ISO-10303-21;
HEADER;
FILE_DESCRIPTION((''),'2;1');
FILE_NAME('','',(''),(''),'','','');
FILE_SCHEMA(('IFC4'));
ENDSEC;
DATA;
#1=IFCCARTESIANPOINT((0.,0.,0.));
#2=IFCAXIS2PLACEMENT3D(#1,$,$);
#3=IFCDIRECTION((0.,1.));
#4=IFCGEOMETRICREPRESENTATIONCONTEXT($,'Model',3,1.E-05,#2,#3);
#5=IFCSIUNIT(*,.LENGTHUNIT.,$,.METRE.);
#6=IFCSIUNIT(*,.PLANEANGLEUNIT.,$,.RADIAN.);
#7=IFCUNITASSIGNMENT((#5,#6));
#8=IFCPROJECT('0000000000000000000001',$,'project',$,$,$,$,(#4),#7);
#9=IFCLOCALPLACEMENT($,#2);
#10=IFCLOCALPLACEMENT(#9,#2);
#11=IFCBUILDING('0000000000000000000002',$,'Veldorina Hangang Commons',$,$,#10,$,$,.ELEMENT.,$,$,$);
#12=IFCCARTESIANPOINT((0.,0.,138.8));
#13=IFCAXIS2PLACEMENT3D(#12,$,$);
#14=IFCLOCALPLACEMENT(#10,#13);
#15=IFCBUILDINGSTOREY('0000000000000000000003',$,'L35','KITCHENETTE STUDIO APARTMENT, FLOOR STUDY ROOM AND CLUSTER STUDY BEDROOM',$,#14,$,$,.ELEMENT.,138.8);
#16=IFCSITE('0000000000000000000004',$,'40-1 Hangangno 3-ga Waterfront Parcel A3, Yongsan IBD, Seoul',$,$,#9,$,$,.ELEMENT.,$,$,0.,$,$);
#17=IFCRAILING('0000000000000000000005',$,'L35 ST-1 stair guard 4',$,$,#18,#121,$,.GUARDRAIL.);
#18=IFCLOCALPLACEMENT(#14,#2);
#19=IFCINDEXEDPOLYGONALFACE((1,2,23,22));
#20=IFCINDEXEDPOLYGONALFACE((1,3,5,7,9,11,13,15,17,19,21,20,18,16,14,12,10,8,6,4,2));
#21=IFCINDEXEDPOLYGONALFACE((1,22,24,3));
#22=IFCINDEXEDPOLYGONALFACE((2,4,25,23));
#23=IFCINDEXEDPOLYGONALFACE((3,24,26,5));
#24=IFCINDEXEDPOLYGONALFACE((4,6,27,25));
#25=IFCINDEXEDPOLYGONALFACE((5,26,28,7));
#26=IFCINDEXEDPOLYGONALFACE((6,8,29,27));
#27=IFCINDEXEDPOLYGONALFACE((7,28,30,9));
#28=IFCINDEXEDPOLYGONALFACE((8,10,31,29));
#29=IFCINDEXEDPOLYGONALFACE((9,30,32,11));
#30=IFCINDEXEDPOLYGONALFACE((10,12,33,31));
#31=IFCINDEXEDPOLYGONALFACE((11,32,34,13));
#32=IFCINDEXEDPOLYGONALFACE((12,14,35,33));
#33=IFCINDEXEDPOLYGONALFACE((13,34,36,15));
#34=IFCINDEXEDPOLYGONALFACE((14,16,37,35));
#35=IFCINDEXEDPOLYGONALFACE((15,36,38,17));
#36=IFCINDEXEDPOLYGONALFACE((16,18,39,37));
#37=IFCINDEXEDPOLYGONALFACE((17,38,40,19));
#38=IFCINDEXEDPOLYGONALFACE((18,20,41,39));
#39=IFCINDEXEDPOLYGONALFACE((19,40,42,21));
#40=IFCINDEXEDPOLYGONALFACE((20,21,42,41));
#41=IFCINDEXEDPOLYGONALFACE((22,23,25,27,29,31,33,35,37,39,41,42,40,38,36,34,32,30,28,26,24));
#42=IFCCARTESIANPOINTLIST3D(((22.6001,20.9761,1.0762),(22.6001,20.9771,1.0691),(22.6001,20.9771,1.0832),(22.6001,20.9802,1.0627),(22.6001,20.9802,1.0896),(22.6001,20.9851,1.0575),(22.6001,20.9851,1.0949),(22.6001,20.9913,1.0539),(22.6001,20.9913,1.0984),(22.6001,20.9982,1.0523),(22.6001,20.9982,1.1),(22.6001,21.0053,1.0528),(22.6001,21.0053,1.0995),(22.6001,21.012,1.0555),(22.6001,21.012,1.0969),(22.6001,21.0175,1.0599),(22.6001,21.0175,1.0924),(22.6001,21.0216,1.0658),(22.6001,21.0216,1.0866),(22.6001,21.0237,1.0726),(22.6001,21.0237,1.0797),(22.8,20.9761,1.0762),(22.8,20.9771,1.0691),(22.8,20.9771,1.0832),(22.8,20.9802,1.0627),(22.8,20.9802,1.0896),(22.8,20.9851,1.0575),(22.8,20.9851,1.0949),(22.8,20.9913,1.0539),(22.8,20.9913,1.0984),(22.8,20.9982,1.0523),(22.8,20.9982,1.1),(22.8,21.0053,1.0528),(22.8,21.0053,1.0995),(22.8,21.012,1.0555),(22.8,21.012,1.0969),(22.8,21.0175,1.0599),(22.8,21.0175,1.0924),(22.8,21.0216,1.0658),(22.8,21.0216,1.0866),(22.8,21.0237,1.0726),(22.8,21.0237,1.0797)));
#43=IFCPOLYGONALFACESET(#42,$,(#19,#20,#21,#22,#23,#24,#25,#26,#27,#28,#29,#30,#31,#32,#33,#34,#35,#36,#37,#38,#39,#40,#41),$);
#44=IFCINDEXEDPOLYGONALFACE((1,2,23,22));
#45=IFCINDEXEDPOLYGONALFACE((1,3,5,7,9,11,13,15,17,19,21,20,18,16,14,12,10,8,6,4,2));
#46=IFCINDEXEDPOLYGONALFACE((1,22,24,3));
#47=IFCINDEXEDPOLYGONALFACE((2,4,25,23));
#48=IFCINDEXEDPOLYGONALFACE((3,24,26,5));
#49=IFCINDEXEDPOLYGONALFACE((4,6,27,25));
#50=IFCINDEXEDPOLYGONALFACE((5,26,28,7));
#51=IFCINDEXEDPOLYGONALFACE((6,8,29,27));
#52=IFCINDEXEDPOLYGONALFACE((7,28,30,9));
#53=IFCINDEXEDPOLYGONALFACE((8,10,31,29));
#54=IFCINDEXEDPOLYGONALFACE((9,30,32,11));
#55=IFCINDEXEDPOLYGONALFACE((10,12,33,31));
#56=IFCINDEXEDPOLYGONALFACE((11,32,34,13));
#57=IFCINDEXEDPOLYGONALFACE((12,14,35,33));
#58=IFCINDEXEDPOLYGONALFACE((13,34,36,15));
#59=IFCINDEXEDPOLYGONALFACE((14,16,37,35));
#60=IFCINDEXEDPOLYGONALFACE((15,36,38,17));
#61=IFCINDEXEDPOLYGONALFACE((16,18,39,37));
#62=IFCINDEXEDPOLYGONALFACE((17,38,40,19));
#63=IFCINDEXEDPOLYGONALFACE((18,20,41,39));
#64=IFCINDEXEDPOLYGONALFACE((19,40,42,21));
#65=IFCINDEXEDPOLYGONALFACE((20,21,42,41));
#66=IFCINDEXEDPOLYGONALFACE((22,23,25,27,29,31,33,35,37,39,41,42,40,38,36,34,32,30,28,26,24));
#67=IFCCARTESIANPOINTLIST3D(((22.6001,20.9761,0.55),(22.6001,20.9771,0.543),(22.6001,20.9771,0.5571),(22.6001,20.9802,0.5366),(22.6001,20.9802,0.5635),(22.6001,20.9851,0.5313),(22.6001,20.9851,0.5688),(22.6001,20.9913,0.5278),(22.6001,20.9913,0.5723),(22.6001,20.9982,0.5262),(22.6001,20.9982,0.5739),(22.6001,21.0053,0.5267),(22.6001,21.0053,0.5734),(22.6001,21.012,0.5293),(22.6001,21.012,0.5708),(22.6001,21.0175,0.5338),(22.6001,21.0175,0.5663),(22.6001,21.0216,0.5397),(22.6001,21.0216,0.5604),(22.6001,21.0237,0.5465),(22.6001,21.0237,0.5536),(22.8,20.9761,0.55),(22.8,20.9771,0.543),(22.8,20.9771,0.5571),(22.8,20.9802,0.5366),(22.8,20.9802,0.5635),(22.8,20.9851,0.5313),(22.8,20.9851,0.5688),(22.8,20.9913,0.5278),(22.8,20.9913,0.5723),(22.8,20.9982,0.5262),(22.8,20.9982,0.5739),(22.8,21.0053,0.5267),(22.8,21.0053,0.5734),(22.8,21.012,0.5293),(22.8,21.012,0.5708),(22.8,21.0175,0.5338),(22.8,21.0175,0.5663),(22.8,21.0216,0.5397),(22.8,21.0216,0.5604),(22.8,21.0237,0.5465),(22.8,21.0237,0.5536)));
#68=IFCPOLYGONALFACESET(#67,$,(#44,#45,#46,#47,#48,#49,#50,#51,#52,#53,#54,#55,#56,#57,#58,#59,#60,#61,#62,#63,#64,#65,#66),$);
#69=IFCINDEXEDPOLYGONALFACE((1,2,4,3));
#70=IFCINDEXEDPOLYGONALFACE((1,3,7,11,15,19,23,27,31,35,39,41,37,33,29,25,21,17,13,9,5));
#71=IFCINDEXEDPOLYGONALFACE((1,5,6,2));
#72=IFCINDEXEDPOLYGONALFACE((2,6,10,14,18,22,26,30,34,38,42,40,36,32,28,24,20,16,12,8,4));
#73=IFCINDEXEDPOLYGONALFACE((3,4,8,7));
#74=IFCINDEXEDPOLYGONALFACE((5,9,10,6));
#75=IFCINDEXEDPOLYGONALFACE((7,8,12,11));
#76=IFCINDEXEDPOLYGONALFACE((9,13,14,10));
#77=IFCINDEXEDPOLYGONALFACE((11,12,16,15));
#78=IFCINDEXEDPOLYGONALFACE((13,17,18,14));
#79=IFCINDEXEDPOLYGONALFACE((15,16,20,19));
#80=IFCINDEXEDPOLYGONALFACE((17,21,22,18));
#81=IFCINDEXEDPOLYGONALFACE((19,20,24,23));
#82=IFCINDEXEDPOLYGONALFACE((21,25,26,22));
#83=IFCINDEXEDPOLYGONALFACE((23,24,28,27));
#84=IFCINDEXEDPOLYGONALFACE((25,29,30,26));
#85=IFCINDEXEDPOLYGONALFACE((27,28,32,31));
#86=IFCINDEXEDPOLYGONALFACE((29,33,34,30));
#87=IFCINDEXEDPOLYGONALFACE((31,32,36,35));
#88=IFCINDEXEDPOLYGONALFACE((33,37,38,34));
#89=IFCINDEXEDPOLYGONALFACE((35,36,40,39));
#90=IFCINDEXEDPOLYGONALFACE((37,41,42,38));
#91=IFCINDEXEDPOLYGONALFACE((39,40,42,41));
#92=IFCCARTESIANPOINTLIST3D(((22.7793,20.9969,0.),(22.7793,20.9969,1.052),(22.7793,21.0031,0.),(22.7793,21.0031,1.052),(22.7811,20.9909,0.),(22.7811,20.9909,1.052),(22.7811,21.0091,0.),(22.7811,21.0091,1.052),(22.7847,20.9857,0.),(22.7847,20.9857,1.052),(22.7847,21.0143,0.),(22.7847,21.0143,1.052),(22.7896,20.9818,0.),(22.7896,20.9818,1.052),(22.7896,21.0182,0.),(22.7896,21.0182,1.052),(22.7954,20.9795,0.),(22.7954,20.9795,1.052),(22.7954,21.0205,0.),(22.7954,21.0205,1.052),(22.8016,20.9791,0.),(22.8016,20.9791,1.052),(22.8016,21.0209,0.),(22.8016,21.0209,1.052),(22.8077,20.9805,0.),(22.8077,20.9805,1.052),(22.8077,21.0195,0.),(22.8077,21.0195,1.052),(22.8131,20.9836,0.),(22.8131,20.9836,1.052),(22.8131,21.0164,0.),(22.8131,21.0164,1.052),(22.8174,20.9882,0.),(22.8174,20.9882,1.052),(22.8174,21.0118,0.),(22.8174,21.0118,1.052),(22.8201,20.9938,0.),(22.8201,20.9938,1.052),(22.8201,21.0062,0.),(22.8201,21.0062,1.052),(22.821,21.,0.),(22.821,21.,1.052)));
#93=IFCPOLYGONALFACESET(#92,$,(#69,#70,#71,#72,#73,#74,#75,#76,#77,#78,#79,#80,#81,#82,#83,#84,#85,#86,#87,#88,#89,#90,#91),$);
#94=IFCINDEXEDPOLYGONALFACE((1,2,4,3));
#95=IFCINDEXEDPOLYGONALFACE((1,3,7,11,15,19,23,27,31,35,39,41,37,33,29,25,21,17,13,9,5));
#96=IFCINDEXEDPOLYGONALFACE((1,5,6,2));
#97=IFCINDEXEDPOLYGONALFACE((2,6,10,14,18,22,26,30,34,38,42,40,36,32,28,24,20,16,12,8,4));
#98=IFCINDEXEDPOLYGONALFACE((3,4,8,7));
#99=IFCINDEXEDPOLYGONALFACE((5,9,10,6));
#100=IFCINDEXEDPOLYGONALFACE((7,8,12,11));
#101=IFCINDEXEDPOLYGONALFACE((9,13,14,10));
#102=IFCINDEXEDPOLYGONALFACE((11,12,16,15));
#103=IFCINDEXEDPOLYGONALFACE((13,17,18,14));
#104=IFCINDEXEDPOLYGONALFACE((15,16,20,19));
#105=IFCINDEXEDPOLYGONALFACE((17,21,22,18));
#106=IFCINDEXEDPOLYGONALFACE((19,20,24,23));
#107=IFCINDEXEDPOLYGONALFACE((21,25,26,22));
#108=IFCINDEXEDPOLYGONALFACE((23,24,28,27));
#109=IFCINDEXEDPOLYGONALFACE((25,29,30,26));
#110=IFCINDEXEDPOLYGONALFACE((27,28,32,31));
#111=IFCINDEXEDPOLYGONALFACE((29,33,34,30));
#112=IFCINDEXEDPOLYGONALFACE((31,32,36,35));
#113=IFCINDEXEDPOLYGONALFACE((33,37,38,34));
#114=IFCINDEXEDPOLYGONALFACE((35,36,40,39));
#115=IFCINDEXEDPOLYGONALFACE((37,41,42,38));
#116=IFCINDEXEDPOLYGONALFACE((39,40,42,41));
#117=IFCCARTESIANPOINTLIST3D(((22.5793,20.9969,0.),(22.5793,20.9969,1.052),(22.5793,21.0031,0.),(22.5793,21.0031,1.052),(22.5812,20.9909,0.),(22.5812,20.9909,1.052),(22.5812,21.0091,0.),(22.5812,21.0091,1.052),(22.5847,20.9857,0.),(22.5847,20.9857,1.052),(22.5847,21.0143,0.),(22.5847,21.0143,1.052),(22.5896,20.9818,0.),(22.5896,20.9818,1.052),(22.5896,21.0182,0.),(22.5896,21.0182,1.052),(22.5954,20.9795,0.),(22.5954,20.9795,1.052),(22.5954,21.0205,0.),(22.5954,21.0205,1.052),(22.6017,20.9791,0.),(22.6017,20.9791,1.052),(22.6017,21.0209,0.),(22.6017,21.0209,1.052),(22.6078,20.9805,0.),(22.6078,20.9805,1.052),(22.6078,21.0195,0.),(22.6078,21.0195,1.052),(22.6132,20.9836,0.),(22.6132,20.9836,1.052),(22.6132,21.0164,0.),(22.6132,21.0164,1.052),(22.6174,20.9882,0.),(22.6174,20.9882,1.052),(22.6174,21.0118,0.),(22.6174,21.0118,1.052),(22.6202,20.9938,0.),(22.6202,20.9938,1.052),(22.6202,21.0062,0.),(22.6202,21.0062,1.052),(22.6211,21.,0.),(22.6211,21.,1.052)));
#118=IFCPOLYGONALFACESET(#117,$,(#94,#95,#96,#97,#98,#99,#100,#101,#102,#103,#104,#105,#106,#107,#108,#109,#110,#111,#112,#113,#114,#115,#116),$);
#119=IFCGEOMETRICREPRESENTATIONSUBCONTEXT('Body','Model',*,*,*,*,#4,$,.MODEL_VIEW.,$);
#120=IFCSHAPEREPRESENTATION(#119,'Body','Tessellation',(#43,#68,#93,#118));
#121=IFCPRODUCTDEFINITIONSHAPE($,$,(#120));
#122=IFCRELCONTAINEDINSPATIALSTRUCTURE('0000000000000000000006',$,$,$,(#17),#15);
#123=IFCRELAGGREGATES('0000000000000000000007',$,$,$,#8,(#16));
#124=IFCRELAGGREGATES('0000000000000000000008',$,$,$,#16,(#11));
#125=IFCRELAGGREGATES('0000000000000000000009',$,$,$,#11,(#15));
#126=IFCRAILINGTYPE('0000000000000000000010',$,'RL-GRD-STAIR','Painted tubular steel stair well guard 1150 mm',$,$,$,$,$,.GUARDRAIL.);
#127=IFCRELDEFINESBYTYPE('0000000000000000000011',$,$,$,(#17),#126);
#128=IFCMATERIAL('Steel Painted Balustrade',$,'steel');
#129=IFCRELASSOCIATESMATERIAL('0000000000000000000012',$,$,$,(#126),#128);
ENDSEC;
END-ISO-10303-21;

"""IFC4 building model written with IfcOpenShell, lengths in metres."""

from ifc_helpers import new_model, si_unit, direction, frame, origin, origin_2d, place, context, subcontext, project, spatial, circle, extrude, material, type_object, element, save


model = new_model("IFC4")

# Units and contexts
model_context = context("Model", 3, precision=1e-05, world=origin(), true_north=direction((0.0, 1.0)))
body_context = subcontext(model_context, "Body", "Model", "MODEL_VIEW")
ifc_project = project(units=[si_unit("LENGTHUNIT", "METRE"), si_unit("PLANEANGLEUNIT", "RADIAN")], contexts=[model_context])

# Site, building, storey
site_placement = place(None, origin())
site = spatial("IfcSite", under=ifc_project, at=site_placement, Name="40-1 Hangangno 3-ga Waterfront Parcel A3, Yongsan IBD, Seoul", CompositionType="ELEMENT", RefElevation=0.0)
building_placement = place(site_placement, origin())
building = spatial("IfcBuilding", under=site, at=building_placement, Name="Veldorina Hangang Commons", CompositionType="ELEMENT")
storey_placement = place(building_placement, frame((0.0, 0.0, 138.8)))
storey = spatial("IfcBuildingStorey", under=building, at=storey_placement, Name="L35", Description="KITCHENETTE STUDIO APARTMENT, FLOOR STUDY ROOM AND CLUSTER STUDY BEDROOM", CompositionType="ELEMENT", Elevation=138.8)

# Railing
ifc_material_1 = material(Name="Steel Painted Balustrade", Category="steel")
railing_type_1 = type_object("IfcRailingType", Name="RL-GRD-STAIR", Description="Painted tubular steel stair well guard 1150 mm", PredefinedType="GUARDRAIL", material=ifc_material_1)
railing_1_placement = place(storey_placement, frame((22.8, 21.0, 0.0)))
element("IfcRailing", 1, at=railing_1_placement, inside=storey, type_object=railing_type_1, Name="L35 ST-1 stair guard 4", PredefinedType="GUARDRAIL", context=body_context, shape_type="SweptSolid", body=[
    extrude(circle(Radius=0.0239, at=origin_2d()), frame((0.0, 0.0, 1.0762), z_axis=(-1.0, 0.0, 0.0), x_axis=(0.0, -1.0, 0.0)), (0.0, 0.0, 1.0), 0.2),
    extrude(circle(Radius=0.0239, at=origin_2d()), frame((0.0, 0.0, 0.55), z_axis=(-1.0, 0.0, 0.0), x_axis=(0.0, -1.0, 0.0)), (0.0, 0.0, 1.0), 0.2),
    extrude(circle(Radius=0.021, at=origin_2d()), origin(), (0.0, 0.0, 1.0), 1.052),
    extrude(circle(Radius=0.021, at=origin_2d()), frame((-0.2, 0.0, 0.0)), (0.0, 0.0, 1.0), 1.052),
])

save(model, "model.ifc")
